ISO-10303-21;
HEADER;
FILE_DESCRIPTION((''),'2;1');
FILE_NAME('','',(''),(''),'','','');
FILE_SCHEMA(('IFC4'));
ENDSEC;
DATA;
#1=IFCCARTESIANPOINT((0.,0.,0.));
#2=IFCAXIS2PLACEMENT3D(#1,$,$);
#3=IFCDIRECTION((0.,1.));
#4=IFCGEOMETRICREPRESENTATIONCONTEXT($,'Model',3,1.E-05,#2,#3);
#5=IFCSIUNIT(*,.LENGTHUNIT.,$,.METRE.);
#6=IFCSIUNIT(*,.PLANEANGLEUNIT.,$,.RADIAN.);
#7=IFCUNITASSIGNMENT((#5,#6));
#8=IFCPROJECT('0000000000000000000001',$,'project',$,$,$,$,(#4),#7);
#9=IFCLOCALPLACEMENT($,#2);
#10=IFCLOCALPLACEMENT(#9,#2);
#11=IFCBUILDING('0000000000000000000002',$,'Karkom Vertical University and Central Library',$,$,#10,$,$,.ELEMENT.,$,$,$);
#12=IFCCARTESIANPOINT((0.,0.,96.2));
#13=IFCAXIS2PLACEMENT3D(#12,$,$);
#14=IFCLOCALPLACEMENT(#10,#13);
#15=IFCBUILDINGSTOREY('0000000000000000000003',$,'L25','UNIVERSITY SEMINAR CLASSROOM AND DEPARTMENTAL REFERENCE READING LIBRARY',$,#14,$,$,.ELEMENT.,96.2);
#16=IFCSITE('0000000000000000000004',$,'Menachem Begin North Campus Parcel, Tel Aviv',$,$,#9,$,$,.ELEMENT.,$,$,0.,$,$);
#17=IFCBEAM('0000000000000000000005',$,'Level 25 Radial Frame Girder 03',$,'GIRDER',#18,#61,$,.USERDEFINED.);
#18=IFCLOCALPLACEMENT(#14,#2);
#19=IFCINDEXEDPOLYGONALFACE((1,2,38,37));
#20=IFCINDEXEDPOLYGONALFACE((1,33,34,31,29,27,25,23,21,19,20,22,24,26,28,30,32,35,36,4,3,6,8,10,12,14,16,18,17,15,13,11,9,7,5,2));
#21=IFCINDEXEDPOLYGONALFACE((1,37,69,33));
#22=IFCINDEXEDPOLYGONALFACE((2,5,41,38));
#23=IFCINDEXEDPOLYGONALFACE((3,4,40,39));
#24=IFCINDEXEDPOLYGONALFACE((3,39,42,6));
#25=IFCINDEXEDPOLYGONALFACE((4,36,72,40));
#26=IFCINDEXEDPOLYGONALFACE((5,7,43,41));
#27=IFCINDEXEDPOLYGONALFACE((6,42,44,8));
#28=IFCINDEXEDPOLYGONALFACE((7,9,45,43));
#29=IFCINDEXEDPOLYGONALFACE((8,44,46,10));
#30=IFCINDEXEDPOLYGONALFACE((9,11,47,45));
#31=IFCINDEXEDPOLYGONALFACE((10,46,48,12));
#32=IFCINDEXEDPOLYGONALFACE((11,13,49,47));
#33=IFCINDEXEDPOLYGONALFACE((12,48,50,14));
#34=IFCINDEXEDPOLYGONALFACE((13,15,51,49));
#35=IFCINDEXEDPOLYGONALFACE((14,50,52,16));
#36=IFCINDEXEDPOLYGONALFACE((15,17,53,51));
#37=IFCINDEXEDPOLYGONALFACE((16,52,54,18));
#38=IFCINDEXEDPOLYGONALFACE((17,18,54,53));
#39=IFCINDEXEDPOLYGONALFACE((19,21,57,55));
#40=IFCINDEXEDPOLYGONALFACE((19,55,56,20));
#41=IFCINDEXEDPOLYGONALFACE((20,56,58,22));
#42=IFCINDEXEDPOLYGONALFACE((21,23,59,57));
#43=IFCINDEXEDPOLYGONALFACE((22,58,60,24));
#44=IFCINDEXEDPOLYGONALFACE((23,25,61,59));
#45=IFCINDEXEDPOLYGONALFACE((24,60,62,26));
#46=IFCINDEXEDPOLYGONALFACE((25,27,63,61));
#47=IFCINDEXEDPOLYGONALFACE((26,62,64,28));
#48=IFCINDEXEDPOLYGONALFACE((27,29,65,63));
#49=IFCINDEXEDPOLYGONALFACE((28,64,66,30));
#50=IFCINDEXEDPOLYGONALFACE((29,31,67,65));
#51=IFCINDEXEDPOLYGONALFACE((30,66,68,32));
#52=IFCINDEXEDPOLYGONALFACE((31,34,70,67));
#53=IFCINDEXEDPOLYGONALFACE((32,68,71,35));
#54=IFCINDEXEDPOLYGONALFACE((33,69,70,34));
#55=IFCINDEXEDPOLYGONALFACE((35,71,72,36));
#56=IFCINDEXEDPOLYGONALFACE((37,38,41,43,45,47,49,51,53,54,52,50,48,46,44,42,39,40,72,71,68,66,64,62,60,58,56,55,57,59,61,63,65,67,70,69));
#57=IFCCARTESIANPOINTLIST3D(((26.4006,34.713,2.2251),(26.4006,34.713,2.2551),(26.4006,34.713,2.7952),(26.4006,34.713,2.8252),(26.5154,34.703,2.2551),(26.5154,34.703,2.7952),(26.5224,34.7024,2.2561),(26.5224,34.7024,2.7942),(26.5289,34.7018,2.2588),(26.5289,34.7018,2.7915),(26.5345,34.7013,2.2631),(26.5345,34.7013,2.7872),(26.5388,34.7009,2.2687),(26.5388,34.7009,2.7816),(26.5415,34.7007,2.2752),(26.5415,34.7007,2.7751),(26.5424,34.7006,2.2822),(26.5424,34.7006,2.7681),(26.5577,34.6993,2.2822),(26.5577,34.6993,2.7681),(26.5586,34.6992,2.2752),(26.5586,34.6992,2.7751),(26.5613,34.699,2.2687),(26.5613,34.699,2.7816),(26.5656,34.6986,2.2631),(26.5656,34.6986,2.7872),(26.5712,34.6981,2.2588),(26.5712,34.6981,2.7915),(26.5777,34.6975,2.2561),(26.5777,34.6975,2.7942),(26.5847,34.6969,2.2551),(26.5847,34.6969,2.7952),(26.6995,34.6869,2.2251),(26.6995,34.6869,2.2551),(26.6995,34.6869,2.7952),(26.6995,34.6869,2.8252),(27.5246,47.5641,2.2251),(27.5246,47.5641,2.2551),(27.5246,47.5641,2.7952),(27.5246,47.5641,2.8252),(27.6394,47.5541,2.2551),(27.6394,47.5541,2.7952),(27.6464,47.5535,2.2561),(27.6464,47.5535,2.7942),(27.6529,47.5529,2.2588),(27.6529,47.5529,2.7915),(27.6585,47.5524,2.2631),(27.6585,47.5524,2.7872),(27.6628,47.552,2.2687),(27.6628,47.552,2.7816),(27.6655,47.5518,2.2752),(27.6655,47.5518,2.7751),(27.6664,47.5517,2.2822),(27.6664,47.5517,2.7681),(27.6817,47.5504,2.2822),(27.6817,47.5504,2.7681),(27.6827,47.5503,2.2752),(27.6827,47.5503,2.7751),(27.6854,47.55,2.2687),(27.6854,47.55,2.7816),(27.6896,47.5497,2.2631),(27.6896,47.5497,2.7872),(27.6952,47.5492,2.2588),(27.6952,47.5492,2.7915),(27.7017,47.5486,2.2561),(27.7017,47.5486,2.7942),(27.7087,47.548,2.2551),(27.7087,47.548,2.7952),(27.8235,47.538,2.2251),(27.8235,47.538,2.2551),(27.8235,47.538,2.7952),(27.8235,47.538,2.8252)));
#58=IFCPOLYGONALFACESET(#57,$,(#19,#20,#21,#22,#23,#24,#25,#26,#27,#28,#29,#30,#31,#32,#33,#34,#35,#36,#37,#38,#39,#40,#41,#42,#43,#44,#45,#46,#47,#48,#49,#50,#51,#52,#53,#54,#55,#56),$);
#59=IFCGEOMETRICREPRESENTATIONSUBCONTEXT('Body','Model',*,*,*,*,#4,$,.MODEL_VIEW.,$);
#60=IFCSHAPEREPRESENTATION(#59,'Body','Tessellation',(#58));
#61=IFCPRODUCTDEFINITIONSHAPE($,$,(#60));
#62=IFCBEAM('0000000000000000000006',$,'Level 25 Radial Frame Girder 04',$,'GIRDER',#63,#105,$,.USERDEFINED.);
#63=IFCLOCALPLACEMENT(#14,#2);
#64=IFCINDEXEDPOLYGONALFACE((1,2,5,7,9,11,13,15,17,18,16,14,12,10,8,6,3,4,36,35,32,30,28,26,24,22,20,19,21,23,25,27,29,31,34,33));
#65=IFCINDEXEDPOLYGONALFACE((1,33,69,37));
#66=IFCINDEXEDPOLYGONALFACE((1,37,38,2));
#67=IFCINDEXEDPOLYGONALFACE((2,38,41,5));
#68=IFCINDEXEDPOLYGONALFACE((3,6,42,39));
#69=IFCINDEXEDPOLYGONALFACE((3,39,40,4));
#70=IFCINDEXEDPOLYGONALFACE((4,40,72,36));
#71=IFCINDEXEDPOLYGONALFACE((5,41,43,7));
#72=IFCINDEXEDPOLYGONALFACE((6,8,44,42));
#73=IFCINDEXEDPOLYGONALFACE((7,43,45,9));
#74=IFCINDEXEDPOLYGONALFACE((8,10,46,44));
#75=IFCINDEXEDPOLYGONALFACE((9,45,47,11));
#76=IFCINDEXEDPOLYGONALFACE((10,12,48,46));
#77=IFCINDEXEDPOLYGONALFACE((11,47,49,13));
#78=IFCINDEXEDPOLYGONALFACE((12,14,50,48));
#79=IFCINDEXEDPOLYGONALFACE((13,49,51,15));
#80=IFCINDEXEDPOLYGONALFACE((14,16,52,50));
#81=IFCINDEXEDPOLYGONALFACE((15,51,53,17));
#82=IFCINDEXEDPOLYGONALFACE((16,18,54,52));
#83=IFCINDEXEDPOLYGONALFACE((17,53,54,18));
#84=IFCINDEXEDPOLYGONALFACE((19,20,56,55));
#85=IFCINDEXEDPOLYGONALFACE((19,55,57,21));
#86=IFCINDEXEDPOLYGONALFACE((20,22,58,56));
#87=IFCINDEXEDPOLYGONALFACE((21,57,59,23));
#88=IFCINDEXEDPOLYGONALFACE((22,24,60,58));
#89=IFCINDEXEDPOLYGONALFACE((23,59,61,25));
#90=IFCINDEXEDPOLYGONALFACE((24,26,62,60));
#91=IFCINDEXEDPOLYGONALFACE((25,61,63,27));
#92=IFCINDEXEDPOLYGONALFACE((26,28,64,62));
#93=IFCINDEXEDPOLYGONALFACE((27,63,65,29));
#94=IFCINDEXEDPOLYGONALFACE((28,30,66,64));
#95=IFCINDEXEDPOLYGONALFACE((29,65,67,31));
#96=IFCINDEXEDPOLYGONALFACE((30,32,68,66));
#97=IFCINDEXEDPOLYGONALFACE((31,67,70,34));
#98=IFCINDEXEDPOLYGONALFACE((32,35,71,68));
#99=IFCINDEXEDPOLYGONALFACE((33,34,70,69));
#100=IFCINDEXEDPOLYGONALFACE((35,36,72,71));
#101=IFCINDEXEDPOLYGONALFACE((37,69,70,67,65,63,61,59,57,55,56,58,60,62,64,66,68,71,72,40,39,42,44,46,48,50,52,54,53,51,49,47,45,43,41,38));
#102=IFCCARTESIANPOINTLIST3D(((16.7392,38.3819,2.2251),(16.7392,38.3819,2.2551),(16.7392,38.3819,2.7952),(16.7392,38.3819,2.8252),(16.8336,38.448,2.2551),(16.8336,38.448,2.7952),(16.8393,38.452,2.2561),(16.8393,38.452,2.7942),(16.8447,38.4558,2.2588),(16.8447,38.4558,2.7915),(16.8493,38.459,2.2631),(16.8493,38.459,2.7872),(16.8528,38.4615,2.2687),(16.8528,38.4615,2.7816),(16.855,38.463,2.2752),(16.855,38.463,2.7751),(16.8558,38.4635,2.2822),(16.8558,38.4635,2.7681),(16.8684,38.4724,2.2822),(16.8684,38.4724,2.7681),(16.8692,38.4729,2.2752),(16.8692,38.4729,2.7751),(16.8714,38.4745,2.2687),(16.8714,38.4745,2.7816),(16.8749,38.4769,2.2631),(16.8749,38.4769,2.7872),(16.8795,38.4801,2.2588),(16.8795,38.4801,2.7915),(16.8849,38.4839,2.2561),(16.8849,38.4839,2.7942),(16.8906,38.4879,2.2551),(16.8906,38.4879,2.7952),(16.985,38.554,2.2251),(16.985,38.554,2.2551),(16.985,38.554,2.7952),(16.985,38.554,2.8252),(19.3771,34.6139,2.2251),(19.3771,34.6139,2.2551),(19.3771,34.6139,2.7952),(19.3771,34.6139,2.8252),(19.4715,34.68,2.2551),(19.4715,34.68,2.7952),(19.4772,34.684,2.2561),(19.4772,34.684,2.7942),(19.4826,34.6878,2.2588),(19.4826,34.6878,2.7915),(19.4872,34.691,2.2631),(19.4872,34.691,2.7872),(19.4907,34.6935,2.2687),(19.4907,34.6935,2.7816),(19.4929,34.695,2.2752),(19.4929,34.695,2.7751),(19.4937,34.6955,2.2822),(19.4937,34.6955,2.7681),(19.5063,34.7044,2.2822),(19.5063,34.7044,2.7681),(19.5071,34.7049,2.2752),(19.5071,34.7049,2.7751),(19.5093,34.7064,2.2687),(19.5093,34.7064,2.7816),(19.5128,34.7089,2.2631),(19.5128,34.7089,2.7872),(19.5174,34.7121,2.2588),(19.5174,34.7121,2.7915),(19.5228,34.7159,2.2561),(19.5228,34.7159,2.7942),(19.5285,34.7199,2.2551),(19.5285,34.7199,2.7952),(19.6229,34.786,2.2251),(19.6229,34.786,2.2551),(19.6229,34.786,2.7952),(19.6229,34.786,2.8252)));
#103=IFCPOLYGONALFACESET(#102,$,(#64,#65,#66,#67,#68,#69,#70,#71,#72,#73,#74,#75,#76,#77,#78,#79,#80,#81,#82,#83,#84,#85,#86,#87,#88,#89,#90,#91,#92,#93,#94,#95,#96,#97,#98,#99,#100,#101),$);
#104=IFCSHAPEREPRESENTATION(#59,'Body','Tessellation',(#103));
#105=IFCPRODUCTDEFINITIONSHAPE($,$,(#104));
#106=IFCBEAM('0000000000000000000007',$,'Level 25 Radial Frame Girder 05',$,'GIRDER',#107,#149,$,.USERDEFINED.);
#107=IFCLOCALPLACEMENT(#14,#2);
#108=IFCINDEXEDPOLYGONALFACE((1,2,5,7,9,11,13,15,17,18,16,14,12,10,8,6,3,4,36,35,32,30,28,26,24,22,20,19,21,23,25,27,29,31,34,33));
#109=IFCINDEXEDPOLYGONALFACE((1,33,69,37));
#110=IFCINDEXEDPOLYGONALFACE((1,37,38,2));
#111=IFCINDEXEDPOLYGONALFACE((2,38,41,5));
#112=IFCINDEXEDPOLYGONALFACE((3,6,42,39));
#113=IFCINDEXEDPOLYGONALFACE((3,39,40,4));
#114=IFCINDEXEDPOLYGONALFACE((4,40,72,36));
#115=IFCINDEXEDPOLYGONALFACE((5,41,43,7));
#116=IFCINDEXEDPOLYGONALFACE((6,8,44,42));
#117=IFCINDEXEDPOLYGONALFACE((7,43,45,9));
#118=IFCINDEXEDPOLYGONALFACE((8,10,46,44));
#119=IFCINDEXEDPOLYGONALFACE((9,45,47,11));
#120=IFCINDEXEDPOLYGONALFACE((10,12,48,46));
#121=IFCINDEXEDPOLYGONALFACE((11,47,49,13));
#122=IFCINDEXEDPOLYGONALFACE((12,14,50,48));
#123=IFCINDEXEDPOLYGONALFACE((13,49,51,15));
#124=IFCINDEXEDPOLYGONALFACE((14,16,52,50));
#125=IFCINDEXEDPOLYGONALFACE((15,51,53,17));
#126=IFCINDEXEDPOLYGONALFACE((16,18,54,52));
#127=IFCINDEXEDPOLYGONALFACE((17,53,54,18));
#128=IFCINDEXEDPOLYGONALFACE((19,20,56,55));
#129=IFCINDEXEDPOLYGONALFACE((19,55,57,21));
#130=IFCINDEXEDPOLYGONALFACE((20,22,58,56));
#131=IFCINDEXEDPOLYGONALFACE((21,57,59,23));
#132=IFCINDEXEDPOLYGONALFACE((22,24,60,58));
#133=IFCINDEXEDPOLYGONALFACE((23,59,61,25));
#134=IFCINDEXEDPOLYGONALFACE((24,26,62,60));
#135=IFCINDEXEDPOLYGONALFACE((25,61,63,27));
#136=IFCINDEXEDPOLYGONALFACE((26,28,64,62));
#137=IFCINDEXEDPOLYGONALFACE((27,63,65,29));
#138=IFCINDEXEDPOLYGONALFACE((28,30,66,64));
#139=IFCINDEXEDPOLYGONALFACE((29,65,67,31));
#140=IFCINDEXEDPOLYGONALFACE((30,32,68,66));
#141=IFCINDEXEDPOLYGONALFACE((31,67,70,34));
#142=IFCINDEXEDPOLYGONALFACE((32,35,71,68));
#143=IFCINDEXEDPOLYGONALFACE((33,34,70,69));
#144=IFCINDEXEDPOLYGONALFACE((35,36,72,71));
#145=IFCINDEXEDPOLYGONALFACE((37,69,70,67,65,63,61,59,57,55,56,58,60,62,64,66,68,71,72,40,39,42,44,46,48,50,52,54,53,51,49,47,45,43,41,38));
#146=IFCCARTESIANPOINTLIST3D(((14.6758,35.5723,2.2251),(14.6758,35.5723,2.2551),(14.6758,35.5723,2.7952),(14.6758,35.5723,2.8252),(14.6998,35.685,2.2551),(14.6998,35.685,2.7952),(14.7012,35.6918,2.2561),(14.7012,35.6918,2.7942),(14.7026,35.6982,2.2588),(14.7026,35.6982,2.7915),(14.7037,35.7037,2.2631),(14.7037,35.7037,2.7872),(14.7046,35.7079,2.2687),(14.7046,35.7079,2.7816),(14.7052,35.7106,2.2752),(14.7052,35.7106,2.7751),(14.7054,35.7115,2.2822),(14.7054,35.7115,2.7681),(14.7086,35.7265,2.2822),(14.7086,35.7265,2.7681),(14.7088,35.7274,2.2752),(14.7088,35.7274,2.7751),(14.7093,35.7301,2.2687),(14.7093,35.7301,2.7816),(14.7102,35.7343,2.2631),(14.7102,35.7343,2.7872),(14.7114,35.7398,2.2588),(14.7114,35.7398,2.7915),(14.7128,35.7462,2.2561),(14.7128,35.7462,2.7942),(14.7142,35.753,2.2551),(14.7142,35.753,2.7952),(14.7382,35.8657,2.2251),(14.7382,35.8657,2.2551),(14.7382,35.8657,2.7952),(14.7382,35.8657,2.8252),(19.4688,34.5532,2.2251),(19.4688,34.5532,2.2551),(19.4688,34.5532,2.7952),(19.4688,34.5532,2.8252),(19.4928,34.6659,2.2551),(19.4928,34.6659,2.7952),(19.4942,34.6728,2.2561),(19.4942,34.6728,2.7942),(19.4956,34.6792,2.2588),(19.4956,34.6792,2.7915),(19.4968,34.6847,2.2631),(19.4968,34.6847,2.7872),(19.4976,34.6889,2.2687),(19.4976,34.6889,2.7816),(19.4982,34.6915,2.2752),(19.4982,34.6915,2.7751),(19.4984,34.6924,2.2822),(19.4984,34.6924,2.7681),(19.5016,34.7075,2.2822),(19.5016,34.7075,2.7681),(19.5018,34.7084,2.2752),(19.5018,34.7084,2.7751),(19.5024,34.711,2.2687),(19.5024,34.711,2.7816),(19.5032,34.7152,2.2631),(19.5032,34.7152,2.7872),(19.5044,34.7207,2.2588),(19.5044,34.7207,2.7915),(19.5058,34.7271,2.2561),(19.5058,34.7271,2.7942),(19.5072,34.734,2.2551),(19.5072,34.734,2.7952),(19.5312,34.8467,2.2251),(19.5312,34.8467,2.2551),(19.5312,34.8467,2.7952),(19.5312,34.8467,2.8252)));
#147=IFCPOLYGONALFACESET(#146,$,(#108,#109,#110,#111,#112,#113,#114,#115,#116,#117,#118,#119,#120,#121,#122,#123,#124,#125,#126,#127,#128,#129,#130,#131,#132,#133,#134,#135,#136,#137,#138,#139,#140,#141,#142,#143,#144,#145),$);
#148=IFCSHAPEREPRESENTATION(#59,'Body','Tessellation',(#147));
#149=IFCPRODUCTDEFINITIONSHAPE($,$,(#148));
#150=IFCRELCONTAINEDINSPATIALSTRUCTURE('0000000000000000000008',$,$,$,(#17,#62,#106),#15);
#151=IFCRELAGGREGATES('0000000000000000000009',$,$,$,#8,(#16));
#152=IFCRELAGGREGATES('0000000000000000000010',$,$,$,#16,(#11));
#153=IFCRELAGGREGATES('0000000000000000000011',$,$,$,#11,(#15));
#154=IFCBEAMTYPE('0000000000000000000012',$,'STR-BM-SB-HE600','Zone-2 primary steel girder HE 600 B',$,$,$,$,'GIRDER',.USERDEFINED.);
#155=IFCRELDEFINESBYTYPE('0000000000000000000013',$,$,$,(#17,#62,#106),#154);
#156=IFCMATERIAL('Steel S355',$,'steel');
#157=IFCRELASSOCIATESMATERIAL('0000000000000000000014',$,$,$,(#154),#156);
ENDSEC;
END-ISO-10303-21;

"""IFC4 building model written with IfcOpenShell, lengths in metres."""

from ifc_helpers import new_model, si_unit, direction, frame, origin, origin_with_axes, origin_2d, place, context, subcontext, project, spatial, i_section, extrude, source, transform, mapped, material, material_profile, profile_set, type_object, element, save


model = new_model("IFC4")

# Units and contexts
model_context = context("Model", 3, precision=1e-05, world=origin(), true_north=direction((0.0, 1.0)))
body_context = subcontext(model_context, "Body", "Model", "MODEL_VIEW")
ifc_project = project(units=[si_unit("LENGTHUNIT", "METRE"), si_unit("PLANEANGLEUNIT", "RADIAN")], contexts=[model_context])

# Site, building, storey
site_placement = place(None, origin())
site = spatial("IfcSite", under=ifc_project, at=site_placement, Name="Menachem Begin North Campus Parcel, Tel Aviv", CompositionType="ELEMENT", RefElevation=0.0)
building_placement = place(site_placement, origin())
building = spatial("IfcBuilding", under=site, at=building_placement, Name="Karkom Vertical University and Central Library", CompositionType="ELEMENT")
storey_placement = place(building_placement, frame((0.0, 0.0, 96.2)))
storey = spatial("IfcBuildingStorey", under=building, at=storey_placement, Name="L25", Description="UNIVERSITY SEMINAR CLASSROOM AND DEPARTMENTAL REFERENCE READING LIBRARY", CompositionType="ELEMENT", Elevation=96.2)

# Beams
ifc_material_1 = material(Name="Steel S355", Category="steel")
ifc_material_profile_1 = material_profile(ifc_material_1, i_section(OverallWidth=0.3, OverallDepth=0.6001, WebThickness=0.0154, FlangeThickness=0.03, FilletRadius=0.0271, at=origin_2d()), Name="HE 600 B")
ifc_profile_set_1 = profile_set([ifc_material_profile_1], Name="Steel S355")
beam_type_1 = type_object("IfcBeamType", Name="STR-BM-SB-HE600", Description="Zone-2 primary steel girder HE 600 B", ElementType="GIRDER", PredefinedType="USERDEFINED", material=ifc_profile_set_1)
shared_shape_1 = source(origin_with_axes(), body_context, "Body", "SweptSolid", [
    extrude(i_section(OverallWidth=0.3, OverallDepth=0.6001, WebThickness=0.0154, FlangeThickness=0.03, FilletRadius=0.0271, at=origin_2d()), origin(), (0.0, 0.0, 1.0), 12.9001),
])
beam_1_placement = place(storey_placement, frame((26.55, 34.7, 2.5251), z_axis=(0.087133, 0.996197, 0.0), x_axis=(-0.996197, 0.087133, 0.0)))
element("IfcBeam", 1, at=beam_1_placement, inside=storey, type_object=beam_type_1, Name="Level 25 Radial Frame Girder 03", ObjectType="GIRDER", PredefinedType="USERDEFINED", context=body_context, shape_type="MappedRepresentation", body=[
    mapped(shared_shape_1, transform((0.0, 0.0, 0.0), scale=1.0)),
])
shared_shape_2 = source(origin_with_axes(), body_context, "Body", "SweptSolid", [
    extrude(i_section(OverallWidth=0.3, OverallDepth=0.6001, WebThickness=0.0154, FlangeThickness=0.03, FilletRadius=0.0271, at=origin_2d()), origin(), (0.0, 0.0, 1.0), 4.5996),
])
beam_2_placement = place(storey_placement, frame((19.5, 34.7, 2.5251), z_axis=(-0.573505, 0.819202, 0.0), x_axis=(-0.819202, -0.573505, 0.0)))
element("IfcBeam", 2, at=beam_2_placement, inside=storey, type_object=beam_type_1, Name="Level 25 Radial Frame Girder 04", ObjectType="GIRDER", PredefinedType="USERDEFINED", context=body_context, shape_type="MappedRepresentation", body=[
    mapped(shared_shape_2, transform((0.0, 0.0, 0.0), scale=1.0)),
])
shared_shape_3 = source(origin_with_axes(), body_context, "Body", "SweptSolid", [
    extrude(i_section(OverallWidth=0.3, OverallDepth=0.6001, WebThickness=0.0154, FlangeThickness=0.03, FilletRadius=0.0271, at=origin_2d()), origin(), (0.0, 0.0, 1.0), 4.9001),
])
beam_3_placement = place(storey_placement, frame((19.5, 34.7, 2.5251), z_axis=(-0.978137, 0.207964, 0.0), x_axis=(-0.207964, -0.978137, 0.0)))
element("IfcBeam", 3, at=beam_3_placement, inside=storey, type_object=beam_type_1, Name="Level 25 Radial Frame Girder 05", ObjectType="GIRDER", PredefinedType="USERDEFINED", context=body_context, shape_type="MappedRepresentation", body=[
    mapped(shared_shape_3, transform((0.0, 0.0, 0.0), scale=1.0)),
])

save(model, "model.ifc")
